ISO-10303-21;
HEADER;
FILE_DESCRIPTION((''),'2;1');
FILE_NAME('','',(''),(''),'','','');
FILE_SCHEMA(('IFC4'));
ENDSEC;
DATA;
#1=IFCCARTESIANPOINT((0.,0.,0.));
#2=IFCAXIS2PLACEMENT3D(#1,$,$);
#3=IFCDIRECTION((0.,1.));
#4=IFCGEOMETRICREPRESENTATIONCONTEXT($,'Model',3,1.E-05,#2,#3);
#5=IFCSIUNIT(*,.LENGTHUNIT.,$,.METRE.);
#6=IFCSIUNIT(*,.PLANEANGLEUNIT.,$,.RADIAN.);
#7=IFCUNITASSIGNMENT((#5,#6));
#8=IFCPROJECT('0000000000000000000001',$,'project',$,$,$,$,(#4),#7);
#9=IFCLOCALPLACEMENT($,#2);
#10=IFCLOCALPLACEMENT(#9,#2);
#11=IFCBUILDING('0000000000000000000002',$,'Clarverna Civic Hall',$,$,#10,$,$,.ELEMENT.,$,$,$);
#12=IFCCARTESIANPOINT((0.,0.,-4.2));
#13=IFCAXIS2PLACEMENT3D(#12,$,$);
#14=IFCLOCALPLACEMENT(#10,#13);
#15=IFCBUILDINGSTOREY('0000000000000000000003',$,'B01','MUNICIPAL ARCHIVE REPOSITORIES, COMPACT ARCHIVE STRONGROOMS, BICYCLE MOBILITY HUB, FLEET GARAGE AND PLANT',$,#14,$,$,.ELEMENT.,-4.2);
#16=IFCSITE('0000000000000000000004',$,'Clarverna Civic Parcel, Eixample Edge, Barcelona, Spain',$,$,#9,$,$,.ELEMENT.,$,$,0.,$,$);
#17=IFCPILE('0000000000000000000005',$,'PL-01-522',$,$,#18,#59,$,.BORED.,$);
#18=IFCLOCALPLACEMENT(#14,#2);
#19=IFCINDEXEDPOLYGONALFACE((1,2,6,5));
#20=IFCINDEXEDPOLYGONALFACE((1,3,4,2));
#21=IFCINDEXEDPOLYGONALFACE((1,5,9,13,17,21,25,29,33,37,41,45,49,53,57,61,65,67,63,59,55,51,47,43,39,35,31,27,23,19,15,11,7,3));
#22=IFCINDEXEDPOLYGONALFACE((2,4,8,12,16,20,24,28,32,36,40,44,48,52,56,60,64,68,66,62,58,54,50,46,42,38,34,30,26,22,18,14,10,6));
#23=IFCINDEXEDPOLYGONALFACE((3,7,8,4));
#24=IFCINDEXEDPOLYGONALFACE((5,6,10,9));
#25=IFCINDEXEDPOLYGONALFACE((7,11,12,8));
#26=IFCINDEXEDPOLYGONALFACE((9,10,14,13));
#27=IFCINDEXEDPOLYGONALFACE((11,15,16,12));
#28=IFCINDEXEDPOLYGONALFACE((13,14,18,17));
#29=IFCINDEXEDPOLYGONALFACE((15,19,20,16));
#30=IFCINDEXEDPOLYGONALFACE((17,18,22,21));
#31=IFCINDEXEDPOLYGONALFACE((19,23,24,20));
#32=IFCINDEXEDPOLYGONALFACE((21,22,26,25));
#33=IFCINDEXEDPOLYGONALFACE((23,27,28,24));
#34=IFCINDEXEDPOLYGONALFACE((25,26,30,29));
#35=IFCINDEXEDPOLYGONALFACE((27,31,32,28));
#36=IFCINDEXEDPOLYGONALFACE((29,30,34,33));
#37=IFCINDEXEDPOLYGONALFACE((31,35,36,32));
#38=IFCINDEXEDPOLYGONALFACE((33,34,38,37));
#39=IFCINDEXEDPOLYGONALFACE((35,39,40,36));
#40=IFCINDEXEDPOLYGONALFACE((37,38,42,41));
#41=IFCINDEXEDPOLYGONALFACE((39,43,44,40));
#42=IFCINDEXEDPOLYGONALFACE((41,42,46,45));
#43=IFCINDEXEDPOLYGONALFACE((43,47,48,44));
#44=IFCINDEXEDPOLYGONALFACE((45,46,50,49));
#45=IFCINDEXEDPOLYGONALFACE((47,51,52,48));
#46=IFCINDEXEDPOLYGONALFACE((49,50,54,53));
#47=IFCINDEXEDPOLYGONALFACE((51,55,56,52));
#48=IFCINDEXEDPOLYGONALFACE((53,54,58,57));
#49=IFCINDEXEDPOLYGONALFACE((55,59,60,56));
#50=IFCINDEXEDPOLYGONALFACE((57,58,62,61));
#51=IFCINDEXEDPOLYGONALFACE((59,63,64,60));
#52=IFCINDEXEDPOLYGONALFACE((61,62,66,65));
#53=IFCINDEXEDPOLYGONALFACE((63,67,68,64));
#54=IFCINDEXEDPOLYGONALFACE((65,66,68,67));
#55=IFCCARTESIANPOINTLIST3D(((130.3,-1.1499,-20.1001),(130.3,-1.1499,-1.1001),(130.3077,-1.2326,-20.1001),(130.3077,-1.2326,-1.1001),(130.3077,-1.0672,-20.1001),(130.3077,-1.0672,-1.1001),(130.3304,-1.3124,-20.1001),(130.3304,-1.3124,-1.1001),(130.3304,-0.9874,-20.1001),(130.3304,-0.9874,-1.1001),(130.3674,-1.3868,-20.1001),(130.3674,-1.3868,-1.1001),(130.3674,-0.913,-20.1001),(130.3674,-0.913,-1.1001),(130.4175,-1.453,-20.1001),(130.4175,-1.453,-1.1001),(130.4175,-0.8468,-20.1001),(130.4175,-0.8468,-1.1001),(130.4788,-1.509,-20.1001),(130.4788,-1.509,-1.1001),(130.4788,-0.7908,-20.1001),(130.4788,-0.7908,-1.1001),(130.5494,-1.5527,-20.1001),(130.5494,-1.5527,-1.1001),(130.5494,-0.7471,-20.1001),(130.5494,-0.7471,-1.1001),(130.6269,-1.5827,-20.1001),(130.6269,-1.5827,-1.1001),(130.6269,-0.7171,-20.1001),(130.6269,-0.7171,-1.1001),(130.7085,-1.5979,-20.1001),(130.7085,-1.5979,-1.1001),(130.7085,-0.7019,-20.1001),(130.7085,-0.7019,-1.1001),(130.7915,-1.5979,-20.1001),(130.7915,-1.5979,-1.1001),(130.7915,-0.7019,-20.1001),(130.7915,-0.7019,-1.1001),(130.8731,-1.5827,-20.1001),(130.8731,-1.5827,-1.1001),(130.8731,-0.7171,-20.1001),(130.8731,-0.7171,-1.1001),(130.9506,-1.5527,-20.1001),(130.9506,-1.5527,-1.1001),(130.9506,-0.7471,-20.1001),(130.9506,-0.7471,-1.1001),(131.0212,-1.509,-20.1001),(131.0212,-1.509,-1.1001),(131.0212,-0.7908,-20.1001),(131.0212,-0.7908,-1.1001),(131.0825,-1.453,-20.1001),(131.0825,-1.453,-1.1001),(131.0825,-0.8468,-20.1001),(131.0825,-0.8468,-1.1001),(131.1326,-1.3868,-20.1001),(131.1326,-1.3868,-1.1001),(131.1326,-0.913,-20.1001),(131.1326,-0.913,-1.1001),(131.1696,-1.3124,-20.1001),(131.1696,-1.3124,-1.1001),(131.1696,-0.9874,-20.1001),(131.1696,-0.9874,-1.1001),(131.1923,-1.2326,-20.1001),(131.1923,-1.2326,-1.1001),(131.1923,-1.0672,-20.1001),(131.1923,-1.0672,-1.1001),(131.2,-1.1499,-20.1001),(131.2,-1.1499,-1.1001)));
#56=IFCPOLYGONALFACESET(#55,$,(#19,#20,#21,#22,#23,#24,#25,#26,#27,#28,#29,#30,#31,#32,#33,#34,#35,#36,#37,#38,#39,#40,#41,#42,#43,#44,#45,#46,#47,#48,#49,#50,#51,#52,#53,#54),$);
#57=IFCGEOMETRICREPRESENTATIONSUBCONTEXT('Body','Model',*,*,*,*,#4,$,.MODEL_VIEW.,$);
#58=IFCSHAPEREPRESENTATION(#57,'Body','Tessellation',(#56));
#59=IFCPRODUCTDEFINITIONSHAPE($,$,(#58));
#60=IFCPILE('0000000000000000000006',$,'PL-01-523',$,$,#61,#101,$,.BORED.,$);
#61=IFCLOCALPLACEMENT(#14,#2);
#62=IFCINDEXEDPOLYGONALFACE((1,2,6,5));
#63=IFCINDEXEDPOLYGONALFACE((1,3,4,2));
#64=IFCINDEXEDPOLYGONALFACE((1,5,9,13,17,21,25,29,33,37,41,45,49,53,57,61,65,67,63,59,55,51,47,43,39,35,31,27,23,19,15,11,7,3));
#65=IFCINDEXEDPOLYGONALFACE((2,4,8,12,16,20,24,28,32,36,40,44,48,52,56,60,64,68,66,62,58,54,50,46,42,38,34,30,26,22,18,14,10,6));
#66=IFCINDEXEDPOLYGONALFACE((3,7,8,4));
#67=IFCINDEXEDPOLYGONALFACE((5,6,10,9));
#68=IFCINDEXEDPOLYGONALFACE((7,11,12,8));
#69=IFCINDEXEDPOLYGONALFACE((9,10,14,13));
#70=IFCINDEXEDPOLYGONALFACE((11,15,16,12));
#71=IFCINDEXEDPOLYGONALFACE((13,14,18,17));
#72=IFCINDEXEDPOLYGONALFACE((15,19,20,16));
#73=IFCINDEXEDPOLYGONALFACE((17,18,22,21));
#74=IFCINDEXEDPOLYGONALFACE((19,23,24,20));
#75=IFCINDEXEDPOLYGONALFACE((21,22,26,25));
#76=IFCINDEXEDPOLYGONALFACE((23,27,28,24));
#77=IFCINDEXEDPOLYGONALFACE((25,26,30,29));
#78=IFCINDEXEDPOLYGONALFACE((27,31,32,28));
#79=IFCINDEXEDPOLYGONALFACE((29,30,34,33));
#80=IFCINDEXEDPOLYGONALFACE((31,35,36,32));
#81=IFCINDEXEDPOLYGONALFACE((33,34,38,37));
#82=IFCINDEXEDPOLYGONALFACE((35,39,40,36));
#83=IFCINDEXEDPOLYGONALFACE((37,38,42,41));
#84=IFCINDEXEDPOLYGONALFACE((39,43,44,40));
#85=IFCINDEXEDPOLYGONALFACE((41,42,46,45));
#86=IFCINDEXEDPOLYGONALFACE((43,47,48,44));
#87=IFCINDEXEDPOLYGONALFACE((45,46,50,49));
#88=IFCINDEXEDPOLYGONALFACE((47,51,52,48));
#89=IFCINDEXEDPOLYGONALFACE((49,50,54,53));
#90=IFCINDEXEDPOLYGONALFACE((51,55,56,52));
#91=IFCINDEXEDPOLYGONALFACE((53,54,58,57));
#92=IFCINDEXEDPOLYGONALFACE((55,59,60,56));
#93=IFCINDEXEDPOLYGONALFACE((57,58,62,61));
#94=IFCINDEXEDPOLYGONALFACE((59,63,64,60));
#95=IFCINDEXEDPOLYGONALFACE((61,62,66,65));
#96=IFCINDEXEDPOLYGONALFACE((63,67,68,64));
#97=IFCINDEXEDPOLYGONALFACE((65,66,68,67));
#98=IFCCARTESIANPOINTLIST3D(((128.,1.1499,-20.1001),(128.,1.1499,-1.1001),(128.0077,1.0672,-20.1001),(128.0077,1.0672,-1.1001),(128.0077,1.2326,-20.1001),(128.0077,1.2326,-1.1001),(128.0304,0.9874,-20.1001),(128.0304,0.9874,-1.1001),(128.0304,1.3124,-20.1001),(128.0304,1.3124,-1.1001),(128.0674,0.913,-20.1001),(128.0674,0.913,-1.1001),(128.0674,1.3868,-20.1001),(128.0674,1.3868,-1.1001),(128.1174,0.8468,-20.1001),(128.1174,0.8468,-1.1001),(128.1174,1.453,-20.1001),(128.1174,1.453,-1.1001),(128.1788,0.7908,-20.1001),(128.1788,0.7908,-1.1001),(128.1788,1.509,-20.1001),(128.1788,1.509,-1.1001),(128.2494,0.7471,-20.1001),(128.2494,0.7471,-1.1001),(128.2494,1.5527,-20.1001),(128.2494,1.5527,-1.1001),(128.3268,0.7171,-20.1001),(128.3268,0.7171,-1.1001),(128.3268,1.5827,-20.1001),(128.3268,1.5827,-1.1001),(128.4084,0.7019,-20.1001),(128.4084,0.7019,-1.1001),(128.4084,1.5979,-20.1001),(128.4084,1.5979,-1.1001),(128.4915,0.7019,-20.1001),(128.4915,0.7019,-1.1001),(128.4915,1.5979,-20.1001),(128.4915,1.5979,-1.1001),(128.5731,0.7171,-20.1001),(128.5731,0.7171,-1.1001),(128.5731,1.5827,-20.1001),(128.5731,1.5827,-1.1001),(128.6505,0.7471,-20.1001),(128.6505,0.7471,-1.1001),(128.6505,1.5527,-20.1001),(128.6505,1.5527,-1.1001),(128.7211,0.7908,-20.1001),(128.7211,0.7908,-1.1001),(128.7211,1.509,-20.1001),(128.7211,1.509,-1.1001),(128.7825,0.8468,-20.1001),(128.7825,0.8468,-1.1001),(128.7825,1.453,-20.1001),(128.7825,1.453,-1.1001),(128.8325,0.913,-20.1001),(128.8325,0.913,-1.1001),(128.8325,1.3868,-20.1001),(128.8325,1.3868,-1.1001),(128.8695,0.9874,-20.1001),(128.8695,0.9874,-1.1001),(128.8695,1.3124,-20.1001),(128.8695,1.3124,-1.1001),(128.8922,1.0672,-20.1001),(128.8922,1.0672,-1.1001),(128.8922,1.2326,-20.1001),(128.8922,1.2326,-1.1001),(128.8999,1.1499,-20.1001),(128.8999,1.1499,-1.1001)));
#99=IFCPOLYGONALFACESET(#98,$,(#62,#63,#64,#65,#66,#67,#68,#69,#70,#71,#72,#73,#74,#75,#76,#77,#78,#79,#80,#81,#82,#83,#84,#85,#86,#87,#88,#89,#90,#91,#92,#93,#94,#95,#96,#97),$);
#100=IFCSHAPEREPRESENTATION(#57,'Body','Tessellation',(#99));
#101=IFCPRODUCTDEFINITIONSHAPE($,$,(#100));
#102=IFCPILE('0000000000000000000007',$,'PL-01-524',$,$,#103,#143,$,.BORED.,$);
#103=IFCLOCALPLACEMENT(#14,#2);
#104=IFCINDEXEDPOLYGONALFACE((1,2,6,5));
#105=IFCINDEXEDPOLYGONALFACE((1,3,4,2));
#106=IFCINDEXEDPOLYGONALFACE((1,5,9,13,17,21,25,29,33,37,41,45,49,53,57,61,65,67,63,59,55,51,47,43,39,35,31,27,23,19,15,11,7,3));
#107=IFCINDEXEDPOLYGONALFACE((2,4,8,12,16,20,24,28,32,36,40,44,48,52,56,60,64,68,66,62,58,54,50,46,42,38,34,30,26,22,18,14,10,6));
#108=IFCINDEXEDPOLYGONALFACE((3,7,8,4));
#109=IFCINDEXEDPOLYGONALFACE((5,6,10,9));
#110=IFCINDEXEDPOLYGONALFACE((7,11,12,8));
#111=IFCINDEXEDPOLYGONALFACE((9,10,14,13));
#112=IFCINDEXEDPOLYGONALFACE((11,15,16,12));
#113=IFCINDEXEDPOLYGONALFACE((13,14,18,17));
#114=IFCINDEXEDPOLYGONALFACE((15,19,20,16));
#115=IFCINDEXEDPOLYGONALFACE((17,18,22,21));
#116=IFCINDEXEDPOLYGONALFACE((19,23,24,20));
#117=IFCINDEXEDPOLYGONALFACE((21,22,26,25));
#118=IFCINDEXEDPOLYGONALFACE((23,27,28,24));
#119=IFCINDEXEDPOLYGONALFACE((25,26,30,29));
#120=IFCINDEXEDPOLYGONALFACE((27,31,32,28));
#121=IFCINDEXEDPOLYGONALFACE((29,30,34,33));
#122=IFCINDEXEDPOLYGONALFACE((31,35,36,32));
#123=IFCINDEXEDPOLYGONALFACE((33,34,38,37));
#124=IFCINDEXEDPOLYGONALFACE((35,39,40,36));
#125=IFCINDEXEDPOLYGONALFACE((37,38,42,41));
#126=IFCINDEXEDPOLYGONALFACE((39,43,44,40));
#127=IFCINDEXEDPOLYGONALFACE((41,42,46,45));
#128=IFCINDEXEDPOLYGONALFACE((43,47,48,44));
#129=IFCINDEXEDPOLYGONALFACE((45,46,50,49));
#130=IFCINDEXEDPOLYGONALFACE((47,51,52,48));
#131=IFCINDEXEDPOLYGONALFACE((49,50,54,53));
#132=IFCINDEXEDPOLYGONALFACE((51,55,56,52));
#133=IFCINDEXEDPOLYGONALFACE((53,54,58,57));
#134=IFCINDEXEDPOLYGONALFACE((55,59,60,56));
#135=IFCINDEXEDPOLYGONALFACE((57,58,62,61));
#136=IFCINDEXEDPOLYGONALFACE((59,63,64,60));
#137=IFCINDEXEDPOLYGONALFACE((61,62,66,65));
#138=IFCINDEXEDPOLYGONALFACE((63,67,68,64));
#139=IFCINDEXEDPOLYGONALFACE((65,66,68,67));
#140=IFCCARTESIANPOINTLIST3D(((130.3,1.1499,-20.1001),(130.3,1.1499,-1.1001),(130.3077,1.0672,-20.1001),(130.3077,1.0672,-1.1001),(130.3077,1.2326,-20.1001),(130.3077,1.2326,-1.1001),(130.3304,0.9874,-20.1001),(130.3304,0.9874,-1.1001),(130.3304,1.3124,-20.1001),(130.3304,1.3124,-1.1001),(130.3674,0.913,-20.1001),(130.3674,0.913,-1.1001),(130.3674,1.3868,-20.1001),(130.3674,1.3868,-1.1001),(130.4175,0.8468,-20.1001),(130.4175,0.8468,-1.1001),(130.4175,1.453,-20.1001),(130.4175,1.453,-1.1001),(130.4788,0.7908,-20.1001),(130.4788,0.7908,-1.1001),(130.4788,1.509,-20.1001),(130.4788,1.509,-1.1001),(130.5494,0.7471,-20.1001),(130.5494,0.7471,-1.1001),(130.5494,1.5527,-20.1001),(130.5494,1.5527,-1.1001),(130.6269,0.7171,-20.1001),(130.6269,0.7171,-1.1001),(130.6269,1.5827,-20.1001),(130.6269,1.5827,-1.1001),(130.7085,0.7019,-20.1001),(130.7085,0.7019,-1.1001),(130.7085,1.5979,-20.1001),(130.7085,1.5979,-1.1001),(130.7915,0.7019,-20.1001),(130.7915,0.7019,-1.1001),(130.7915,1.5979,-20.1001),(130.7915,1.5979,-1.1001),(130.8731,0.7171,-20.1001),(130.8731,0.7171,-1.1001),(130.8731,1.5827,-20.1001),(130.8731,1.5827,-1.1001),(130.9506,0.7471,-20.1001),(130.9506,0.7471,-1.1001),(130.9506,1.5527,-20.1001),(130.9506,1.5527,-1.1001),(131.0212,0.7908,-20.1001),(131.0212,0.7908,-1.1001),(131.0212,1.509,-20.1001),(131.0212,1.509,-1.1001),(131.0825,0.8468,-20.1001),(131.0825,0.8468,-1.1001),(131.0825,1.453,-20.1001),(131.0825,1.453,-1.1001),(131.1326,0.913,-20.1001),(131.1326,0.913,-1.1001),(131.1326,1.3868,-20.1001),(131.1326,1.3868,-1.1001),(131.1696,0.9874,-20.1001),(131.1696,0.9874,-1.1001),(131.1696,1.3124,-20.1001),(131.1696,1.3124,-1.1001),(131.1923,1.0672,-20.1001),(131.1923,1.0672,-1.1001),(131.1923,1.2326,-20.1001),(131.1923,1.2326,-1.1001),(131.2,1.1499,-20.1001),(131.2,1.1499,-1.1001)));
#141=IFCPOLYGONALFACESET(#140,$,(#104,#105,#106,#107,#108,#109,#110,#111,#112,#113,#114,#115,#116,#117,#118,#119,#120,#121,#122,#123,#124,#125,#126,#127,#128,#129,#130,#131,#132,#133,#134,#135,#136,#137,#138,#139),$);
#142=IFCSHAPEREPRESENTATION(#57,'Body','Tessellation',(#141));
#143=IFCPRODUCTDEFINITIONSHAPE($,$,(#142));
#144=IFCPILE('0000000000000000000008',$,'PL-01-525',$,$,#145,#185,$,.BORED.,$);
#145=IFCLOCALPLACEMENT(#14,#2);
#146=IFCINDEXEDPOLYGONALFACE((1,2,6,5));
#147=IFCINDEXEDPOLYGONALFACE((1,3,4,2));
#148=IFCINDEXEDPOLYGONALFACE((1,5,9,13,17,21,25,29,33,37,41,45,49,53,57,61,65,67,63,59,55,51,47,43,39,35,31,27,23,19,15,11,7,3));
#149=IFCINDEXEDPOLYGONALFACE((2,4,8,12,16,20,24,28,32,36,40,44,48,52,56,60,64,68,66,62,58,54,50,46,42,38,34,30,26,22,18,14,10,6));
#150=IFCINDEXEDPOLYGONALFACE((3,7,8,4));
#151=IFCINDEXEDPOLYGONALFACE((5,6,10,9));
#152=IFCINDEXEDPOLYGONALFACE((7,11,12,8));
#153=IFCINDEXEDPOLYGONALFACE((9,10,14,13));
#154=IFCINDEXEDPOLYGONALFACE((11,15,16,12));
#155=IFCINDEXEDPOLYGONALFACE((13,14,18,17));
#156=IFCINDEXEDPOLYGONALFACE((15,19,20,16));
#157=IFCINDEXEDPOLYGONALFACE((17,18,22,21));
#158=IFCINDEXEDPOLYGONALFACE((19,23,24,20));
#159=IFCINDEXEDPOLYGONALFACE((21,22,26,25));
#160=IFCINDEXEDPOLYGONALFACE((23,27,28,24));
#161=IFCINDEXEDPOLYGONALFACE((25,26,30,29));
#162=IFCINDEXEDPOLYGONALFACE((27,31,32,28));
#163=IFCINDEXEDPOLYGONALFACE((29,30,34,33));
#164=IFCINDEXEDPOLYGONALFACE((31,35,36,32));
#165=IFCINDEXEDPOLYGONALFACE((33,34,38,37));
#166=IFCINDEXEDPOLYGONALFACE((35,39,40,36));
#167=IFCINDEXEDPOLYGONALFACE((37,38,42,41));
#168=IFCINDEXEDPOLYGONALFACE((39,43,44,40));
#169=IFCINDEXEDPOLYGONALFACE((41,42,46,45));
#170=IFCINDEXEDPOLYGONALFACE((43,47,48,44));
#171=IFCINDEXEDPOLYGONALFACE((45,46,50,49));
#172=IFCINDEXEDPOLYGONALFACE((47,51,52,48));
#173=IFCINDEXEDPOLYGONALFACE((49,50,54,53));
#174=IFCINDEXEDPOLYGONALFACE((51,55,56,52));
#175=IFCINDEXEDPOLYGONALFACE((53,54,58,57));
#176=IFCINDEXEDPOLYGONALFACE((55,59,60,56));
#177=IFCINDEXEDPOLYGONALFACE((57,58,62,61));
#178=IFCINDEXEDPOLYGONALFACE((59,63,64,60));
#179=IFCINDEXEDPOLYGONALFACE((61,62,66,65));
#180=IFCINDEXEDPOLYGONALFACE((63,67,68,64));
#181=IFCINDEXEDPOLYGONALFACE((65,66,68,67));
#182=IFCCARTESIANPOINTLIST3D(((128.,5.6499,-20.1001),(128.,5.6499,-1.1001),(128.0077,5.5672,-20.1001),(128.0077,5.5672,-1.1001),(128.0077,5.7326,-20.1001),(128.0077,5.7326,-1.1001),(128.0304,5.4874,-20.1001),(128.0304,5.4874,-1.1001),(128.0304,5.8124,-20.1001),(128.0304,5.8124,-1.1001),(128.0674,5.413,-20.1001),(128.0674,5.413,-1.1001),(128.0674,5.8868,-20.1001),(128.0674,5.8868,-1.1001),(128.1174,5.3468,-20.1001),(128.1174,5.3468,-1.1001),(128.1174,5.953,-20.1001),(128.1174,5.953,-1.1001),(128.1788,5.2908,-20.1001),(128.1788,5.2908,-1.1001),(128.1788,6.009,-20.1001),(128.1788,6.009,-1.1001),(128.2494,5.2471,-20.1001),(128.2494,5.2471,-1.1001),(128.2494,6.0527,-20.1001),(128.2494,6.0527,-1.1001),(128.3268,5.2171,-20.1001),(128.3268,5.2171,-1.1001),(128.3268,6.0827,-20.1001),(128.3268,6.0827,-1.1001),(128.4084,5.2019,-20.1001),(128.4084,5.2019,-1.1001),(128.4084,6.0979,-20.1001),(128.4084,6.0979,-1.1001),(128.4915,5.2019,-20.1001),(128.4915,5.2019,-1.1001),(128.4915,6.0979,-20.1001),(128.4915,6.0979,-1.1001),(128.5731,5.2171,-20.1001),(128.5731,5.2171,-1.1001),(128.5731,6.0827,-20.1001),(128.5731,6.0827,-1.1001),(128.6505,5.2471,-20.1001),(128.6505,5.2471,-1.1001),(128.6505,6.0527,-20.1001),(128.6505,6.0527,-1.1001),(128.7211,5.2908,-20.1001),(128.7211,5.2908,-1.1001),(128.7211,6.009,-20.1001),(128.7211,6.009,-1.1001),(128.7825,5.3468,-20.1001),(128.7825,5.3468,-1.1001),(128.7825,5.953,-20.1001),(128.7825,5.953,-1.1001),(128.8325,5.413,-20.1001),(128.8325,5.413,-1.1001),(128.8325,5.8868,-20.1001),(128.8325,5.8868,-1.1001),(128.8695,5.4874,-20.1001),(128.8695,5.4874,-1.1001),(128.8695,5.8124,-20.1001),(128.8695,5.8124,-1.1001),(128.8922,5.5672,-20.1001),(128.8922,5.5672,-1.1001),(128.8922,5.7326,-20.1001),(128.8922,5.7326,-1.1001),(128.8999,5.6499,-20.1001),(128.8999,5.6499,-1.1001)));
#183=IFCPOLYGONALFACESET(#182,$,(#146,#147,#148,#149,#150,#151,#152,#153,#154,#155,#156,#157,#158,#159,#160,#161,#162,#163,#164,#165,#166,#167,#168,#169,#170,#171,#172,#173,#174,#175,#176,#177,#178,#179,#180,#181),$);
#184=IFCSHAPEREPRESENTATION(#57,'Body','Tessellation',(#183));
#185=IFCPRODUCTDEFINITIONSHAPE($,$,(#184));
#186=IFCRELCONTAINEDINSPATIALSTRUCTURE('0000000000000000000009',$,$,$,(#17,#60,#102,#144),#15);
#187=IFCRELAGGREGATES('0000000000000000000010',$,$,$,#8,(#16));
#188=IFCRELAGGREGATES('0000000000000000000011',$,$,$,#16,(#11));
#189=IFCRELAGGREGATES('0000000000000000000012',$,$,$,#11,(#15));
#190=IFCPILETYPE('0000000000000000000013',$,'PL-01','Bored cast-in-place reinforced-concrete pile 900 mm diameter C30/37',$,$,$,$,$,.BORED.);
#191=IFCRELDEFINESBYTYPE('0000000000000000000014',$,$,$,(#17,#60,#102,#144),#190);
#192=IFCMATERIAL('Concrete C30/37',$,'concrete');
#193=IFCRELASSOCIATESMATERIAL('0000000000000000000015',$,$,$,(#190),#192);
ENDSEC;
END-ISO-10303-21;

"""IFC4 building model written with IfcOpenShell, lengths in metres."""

from ifc_helpers import new_model, si_unit, direction, frame, origin, origin_2d, place, context, subcontext, project, spatial, circle, extrude, material, material_profile, profile_set, type_object, element, save


model = new_model("IFC4")

# Units and contexts
model_context = context("Model", 3, precision=1e-05, world=origin(), true_north=direction((0.0, 1.0)))
body_context = subcontext(model_context, "Body", "Model", "MODEL_VIEW")
ifc_project = project(units=[si_unit("LENGTHUNIT", "METRE"), si_unit("PLANEANGLEUNIT", "RADIAN")], contexts=[model_context])

# Site, building, storey
site_placement = place(None, origin())
site = spatial("IfcSite", under=ifc_project, at=site_placement, Name="Clarverna Civic Parcel, Eixample Edge, Barcelona, Spain", CompositionType="ELEMENT", RefElevation=0.0)
building_placement = place(site_placement, origin())
building = spatial("IfcBuilding", under=site, at=building_placement, Name="Clarverna Civic Hall", CompositionType="ELEMENT")
storey_placement = place(building_placement, frame((0.0, 0.0, -4.2)))
storey = spatial("IfcBuildingStorey", under=building, at=storey_placement, Name="B01", Description="MUNICIPAL ARCHIVE REPOSITORIES, COMPACT ARCHIVE STRONGROOMS, BICYCLE MOBILITY HUB, FLEET GARAGE AND PLANT", CompositionType="ELEMENT", Elevation=-4.2)

# Shared definitions
ifc_material_1 = material(Name="Concrete C30/37", Category="concrete")

# Piles
ifc_material_profile_1 = material_profile(ifc_material_1, circle(Radius=0.45, at=origin_2d()), Name="BORED PILE D900")
ifc_profile_set_1 = profile_set([ifc_material_profile_1], Name="Concrete C30/37")
pile_type = type_object("IfcPileType", Name="PL-01", Description="Bored cast-in-place reinforced-concrete pile 900 mm diameter C30/37", PredefinedType="BORED", material=ifc_profile_set_1)
for number, where, z_axis, x_axis, name in (
    (1, (130.75, -1.1499, -1.1001), (0.0, 0.0, -1.0), (1.0, 0.0, 0.0), "PL-01-522"),
    (2, (128.45, 1.1499, -1.1001), (0.0, 0.0, -1.0), (1.0, 0.0, 0.0), "PL-01-523"),
    (3, (130.75, 1.1499, -1.1001), (0.0, 0.0, -1.0), (1.0, 0.0, 0.0), "PL-01-524"),
    (4, (128.45, 5.6499, -1.1001), (0.0, 0.0, -1.0), (1.0, 0.0, 0.0), "PL-01-525"),
):
    element("IfcPile", number, at=place(storey_placement, frame(where, z_axis=z_axis, x_axis=x_axis)), inside=storey, type_object=pile_type, Name=name, PredefinedType="BORED", context=body_context, shape_type="SweptSolid", body=[
        extrude(circle(Radius=0.45, at=origin_2d()), origin(), (0.0, 0.0, 1.0), 19.0),
    ])

save(model, "model.ifc")
